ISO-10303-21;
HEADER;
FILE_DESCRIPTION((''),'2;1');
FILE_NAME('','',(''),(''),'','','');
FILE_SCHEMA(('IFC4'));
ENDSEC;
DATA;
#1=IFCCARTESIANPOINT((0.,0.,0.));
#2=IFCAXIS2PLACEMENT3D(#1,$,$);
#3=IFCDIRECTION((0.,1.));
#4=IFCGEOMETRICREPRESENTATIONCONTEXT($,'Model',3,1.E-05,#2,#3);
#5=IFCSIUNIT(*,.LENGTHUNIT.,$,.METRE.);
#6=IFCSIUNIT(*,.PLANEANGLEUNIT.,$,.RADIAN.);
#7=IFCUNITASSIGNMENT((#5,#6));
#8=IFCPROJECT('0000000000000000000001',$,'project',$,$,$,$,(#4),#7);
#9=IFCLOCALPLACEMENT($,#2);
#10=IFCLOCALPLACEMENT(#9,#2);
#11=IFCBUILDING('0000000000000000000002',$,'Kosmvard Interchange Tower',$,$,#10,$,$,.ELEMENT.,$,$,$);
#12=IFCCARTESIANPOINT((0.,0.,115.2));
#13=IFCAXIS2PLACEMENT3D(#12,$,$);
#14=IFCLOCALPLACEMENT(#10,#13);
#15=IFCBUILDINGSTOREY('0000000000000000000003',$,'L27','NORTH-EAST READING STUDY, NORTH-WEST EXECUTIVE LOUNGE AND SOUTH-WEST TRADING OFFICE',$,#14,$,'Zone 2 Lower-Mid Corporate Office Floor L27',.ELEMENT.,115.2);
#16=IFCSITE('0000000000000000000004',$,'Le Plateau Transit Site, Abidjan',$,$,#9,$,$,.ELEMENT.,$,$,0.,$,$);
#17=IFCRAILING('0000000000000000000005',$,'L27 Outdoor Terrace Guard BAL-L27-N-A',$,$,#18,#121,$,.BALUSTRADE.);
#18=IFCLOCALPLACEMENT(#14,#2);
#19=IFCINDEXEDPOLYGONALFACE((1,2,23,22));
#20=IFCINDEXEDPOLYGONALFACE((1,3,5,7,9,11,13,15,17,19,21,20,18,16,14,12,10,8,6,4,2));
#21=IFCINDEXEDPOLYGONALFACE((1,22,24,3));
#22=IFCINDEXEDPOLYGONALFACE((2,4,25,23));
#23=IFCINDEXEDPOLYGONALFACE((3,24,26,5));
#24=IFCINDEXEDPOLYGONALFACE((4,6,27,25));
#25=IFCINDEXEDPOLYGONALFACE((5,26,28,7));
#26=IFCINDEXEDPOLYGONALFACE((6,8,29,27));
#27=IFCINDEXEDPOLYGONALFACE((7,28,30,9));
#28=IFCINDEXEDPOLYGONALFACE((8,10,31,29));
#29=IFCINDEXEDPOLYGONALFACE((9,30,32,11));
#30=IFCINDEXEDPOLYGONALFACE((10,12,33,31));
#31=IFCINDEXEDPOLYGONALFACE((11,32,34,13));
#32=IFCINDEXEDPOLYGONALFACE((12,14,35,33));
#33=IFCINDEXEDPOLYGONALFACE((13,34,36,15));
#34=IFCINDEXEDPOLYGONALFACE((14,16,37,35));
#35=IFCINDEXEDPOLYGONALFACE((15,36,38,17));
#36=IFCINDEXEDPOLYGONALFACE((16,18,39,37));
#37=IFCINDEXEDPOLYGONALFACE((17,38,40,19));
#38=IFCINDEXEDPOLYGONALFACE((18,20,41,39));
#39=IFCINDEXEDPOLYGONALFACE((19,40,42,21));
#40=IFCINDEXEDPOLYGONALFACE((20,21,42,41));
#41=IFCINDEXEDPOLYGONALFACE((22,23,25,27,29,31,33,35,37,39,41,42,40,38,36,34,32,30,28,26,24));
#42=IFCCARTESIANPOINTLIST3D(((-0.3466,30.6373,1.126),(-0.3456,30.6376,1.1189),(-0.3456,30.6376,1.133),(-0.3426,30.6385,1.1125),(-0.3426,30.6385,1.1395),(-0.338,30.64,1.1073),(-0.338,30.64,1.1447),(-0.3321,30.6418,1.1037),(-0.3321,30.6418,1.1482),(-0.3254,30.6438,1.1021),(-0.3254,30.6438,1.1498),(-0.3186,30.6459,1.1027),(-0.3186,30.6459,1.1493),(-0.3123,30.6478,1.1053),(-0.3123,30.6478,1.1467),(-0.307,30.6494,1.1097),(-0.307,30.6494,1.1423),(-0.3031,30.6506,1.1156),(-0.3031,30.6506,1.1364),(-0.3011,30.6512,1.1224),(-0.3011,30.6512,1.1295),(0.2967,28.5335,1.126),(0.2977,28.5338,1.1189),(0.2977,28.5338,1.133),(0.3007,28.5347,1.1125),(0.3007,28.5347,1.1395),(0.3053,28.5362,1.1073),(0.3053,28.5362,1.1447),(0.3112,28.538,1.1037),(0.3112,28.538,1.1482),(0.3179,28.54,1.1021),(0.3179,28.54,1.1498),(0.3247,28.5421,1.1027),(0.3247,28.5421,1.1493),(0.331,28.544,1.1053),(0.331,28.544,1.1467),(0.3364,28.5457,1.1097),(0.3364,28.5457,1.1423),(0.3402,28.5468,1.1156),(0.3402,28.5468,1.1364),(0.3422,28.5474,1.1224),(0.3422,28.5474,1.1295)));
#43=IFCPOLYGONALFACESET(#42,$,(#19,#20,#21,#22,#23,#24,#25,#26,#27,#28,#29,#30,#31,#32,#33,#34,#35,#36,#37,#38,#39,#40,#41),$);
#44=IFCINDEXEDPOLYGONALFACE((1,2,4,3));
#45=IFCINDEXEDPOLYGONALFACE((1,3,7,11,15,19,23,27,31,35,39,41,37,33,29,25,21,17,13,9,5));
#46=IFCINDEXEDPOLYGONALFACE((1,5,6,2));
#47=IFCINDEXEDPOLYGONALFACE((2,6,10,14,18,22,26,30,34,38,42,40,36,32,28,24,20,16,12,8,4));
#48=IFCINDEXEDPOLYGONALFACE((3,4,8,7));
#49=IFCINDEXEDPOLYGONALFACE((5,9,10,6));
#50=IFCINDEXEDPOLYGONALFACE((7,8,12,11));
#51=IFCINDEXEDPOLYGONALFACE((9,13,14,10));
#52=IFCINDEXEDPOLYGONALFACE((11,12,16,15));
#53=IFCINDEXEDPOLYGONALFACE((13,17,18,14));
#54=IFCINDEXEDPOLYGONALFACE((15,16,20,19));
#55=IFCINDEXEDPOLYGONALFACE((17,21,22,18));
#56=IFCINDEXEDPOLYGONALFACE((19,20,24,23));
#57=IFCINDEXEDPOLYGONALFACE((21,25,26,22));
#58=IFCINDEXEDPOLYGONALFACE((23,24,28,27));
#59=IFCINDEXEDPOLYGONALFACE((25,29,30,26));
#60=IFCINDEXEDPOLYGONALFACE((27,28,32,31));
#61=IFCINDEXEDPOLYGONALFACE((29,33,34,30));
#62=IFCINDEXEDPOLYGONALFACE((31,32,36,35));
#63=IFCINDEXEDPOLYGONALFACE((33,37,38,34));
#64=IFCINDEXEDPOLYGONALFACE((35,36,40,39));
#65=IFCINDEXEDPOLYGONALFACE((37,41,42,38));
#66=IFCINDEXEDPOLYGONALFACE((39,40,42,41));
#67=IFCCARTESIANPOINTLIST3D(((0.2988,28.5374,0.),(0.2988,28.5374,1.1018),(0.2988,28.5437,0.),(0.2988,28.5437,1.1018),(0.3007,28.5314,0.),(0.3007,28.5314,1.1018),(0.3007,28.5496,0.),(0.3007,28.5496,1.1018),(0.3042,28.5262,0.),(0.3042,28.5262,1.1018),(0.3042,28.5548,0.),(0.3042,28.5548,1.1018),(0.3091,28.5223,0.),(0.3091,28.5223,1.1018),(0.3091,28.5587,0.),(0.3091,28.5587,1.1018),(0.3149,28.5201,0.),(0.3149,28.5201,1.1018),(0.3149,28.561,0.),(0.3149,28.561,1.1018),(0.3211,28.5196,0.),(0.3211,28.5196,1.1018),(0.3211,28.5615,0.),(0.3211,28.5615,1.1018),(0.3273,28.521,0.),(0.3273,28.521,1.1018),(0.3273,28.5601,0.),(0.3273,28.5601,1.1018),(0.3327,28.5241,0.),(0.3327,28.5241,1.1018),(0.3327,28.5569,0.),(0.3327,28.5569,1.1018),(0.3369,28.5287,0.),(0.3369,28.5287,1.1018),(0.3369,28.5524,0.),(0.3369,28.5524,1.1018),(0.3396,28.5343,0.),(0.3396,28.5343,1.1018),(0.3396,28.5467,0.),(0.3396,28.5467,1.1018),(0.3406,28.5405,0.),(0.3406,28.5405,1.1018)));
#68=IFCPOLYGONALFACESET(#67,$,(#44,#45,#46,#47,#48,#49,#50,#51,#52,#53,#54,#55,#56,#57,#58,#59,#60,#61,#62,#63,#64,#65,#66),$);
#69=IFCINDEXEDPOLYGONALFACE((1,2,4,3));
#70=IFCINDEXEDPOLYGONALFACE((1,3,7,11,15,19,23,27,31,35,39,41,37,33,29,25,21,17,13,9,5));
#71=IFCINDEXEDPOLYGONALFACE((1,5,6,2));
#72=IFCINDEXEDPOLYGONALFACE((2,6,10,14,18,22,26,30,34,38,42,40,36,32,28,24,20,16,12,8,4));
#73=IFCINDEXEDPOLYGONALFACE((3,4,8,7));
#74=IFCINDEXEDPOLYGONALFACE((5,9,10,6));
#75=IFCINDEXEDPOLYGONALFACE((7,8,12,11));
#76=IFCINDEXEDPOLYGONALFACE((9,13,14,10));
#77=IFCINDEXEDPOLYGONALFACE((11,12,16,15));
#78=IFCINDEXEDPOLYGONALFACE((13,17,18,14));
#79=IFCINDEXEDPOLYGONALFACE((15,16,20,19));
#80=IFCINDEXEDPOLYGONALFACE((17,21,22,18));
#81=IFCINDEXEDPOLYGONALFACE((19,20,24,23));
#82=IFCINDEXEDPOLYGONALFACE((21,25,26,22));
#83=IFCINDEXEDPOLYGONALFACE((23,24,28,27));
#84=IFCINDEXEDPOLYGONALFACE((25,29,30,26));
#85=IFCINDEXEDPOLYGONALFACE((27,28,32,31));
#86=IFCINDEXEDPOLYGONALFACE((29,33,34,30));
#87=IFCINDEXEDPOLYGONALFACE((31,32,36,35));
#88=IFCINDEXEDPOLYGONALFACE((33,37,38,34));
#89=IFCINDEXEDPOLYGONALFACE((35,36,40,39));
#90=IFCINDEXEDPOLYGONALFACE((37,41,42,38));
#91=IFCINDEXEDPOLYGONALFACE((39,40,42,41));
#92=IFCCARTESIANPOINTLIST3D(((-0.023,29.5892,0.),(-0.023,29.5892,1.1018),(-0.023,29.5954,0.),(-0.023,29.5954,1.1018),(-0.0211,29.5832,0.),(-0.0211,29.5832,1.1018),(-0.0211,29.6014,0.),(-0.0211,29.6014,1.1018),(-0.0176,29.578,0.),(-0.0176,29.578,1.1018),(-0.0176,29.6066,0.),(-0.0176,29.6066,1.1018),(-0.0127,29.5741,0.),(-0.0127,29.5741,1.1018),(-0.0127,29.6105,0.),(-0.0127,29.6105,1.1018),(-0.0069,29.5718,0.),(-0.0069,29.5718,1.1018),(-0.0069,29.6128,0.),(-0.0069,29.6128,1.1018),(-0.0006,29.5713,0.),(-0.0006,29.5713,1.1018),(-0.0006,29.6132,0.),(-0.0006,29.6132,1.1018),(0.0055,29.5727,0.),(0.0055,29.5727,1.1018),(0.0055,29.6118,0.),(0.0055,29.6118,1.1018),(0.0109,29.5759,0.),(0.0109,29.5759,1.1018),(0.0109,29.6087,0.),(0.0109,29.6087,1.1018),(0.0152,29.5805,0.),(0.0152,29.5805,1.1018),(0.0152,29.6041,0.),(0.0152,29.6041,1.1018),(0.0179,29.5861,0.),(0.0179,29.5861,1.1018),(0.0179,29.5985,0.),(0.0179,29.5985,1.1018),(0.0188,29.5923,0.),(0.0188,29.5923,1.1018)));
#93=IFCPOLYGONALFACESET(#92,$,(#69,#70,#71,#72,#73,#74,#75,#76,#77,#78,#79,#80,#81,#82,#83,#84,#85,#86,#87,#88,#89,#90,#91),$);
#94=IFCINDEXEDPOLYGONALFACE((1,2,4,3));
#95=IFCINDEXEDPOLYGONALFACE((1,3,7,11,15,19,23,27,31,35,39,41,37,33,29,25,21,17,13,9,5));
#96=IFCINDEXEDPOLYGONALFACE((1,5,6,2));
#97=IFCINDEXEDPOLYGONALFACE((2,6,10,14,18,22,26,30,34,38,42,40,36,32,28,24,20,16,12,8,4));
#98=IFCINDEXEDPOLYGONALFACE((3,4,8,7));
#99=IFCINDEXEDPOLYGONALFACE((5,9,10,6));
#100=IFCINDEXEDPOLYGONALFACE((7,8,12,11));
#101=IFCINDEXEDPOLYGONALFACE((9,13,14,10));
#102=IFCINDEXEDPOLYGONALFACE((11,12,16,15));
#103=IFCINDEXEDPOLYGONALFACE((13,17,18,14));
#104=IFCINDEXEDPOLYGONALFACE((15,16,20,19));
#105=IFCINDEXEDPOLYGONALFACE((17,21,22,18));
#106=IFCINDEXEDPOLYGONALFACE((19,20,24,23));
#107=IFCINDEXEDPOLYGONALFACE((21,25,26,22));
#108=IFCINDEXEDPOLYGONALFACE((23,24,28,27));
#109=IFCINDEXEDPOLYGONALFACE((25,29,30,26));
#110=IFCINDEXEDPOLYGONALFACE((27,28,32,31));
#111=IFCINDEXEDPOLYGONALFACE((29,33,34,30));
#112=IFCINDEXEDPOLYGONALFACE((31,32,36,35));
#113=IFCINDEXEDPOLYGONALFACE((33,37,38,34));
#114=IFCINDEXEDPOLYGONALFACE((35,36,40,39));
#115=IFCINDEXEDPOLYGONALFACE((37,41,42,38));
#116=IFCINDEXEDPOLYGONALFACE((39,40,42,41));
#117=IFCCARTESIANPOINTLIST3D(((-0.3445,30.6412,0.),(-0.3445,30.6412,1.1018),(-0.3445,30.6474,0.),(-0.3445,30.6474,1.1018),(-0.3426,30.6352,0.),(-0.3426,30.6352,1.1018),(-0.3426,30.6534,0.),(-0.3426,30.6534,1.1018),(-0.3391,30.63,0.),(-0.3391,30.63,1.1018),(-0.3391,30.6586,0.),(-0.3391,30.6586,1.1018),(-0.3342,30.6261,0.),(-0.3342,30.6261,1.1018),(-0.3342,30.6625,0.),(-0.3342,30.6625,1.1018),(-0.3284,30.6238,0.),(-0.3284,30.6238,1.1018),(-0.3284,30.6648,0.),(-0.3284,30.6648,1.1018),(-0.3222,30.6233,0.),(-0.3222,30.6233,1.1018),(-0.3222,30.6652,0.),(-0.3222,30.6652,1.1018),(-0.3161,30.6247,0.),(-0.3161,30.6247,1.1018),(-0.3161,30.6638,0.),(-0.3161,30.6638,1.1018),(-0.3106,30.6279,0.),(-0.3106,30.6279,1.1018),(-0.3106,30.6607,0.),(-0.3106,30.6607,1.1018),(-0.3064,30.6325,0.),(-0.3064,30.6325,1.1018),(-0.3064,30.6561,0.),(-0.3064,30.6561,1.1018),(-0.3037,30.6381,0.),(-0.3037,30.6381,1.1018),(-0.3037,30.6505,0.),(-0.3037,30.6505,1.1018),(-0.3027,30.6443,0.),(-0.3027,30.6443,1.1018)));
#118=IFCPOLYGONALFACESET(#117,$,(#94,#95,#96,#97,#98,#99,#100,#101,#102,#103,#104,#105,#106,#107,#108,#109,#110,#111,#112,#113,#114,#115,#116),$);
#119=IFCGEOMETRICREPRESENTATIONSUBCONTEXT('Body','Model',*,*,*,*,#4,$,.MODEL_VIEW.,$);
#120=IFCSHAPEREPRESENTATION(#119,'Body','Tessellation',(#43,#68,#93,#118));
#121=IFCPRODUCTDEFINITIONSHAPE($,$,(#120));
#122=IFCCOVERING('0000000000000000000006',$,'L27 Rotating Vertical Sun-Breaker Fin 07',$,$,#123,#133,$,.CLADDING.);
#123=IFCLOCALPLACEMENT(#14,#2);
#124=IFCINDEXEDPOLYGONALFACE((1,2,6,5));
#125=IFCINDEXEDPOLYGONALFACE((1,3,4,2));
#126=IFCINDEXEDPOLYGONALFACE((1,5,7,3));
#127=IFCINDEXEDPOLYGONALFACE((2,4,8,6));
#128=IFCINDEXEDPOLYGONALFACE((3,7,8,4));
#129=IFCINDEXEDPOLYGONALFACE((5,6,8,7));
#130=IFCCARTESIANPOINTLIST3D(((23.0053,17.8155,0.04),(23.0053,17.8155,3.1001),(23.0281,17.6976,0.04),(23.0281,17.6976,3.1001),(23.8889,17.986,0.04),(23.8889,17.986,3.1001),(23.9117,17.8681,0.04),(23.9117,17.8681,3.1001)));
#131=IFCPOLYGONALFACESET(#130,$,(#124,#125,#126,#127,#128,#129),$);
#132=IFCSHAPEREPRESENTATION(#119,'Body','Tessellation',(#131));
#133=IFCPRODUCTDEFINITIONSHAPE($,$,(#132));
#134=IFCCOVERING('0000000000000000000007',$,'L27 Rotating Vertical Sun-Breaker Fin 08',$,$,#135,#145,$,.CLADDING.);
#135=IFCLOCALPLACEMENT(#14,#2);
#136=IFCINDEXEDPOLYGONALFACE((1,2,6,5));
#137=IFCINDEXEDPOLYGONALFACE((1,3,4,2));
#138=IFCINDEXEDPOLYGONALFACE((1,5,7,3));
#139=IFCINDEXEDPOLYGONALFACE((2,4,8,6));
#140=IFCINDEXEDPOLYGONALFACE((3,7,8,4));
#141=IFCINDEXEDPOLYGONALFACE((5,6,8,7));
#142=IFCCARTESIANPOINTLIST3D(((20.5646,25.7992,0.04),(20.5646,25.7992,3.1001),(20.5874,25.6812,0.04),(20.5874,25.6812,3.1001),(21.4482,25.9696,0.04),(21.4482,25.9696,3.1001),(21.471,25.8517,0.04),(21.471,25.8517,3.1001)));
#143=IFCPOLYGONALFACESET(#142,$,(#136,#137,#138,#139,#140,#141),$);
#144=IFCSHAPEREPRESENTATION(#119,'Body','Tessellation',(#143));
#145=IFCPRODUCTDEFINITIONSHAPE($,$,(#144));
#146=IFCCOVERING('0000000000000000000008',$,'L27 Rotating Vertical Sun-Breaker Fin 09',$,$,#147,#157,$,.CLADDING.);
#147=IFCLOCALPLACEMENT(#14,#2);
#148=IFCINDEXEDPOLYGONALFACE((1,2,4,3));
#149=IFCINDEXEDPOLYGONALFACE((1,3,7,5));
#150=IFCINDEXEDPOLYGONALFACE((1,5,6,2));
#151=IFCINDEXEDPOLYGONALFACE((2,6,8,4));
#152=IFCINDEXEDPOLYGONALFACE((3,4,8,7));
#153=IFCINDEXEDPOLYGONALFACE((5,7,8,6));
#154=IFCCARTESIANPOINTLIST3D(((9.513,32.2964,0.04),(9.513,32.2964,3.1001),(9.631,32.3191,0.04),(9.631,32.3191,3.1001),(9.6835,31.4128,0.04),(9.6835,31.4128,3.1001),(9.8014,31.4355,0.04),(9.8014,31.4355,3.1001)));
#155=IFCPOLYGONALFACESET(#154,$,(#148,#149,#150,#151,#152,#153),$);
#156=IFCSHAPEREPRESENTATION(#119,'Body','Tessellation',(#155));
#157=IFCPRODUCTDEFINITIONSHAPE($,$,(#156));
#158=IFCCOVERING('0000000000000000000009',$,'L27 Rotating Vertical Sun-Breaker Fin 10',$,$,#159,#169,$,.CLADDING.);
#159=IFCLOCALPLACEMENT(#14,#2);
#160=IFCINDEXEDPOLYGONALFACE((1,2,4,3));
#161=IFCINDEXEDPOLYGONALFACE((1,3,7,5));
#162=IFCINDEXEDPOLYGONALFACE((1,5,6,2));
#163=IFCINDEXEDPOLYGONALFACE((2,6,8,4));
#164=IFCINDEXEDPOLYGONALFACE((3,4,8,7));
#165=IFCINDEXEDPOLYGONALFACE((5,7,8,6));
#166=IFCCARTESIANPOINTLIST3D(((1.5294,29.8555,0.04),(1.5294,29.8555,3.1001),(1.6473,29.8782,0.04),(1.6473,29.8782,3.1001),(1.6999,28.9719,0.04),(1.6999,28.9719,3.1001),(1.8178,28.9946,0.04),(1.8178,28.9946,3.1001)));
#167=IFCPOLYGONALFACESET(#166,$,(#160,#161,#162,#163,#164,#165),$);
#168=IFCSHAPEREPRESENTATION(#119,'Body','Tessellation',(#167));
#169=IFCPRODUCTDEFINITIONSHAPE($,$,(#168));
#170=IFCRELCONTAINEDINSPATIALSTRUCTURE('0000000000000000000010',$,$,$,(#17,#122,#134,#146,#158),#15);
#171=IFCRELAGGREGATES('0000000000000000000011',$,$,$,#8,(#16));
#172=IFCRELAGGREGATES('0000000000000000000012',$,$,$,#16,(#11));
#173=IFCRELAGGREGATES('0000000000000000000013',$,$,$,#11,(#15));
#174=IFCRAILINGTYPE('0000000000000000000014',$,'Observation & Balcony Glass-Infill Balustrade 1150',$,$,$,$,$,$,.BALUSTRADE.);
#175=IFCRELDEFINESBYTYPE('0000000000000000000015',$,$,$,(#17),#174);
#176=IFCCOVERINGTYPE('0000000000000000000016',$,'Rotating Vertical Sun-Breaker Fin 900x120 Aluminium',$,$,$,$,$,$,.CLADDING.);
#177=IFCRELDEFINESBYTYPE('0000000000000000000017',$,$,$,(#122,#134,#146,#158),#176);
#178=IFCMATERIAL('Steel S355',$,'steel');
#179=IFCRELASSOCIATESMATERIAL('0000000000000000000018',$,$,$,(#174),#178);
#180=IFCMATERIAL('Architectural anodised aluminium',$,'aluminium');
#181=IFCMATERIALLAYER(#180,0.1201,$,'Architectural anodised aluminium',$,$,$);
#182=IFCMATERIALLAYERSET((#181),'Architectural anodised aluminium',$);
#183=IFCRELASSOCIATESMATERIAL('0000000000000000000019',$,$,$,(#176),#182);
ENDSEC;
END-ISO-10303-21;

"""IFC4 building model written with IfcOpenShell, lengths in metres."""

from ifc_helpers import new_model, si_unit, direction, frame, origin, origin_2d, place, context, subcontext, project, spatial, rectangle, circle, extrude, source, transform, mapped, material, layer, layer_set, type_object, element, save


model = new_model("IFC4")

# Units and contexts
model_context = context("Model", 3, precision=1e-05, world=origin(), true_north=direction((0.0, 1.0)))
body_context = subcontext(model_context, "Body", "Model", "MODEL_VIEW")
ifc_project = project(units=[si_unit("LENGTHUNIT", "METRE"), si_unit("PLANEANGLEUNIT", "RADIAN")], contexts=[model_context])

# Site, building, storey
site_placement = place(None, origin())
site = spatial("IfcSite", under=ifc_project, at=site_placement, Name="Le Plateau Transit Site, Abidjan", CompositionType="ELEMENT", RefElevation=0.0)
building_placement = place(site_placement, origin())
building = spatial("IfcBuilding", under=site, at=building_placement, Name="Kosmvard Interchange Tower", CompositionType="ELEMENT")
storey_placement = place(building_placement, frame((0.0, 0.0, 115.2)))
storey = spatial("IfcBuildingStorey", under=building, at=storey_placement, Name="L27", Description="NORTH-EAST READING STUDY, NORTH-WEST EXECUTIVE LOUNGE AND SOUTH-WEST TRADING OFFICE", LongName="Zone 2 Lower-Mid Corporate Office Floor L27", CompositionType="ELEMENT", Elevation=115.2)

# Shared definitions
ifc_material_1 = material(Name="Steel S355", Category="steel")

# Railing
railing_type = type_object("IfcRailingType", Name="Observation & Balcony Glass-Infill Balustrade 1150", PredefinedType="BALUSTRADE", material=ifc_material_1)
shared_shape_1 = source(origin(), body_context, "Body", "SweptSolid", [
    extrude(circle(Radius=0.0239, at=origin_2d()), frame((0.0, 0.0, 1.126), z_axis=(-0.292424, 0.956289, 0.0), x_axis=(-0.956289, -0.292424, 0.0)), (0.0, 0.0, 1.0), 2.2),
    extrude(circle(Radius=0.021, at=origin_2d()), origin(), (0.0, 0.0, 1.0), 1.1018),
    extrude(circle(Radius=0.021, at=origin_2d()), frame((-0.3218, 1.0518, 0.0)), (0.0, 0.0, 1.0), 1.1018),
    extrude(circle(Radius=0.021, at=origin_2d()), frame((-0.6433, 2.1038, 0.0)), (0.0, 0.0, 1.0), 1.1018),
])
railing_1_placement = place(storey_placement, frame((0.3196, 28.5405, 0.0)))
element("IfcRailing", 1, at=railing_1_placement, inside=storey, type_object=railing_type, Name="L27 Outdoor Terrace Guard BAL-L27-N-A", PredefinedType="BALUSTRADE", context=body_context, shape_type="MappedRepresentation", body=[
    mapped(shared_shape_1, transform((0.0, 0.0, 0.0), scale=1.0)),
])

# Coverings
ifc_material_2 = material(Name="Architectural anodised aluminium", Category="aluminium")
ifc_layer_1 = layer(ifc_material_2, 0.1201, Name="Architectural anodised aluminium")
ifc_layer_set_1 = layer_set([ifc_layer_1], Name="Architectural anodised aluminium")
covering_type = type_object("IfcCoveringType", Name="Rotating Vertical Sun-Breaker Fin 900x120 Aluminium", PredefinedType="CLADDING", material=ifc_layer_set_1)
shared_shape_2 = source(origin(), body_context, "Body", "SweptSolid", [
    extrude(rectangle(XDim=0.8999, YDim=0.1201, at=origin_2d()), origin(), (0.0, 0.0, 1.0), 3.0601),
])
for number, where, z_axis, x_axis, name in (
    (2, (23.4585, 17.8418, 0.04), (0.0, 0.0, 1.0), (0.981893, 0.189438, 0.0), "L27 Rotating Vertical Sun-Breaker Fin 07"),
    (3, (21.0178, 25.8254, 0.04), (0.0, 0.0, 1.0), (0.981893, 0.189438, 0.0), "L27 Rotating Vertical Sun-Breaker Fin 08"),
    (4, (9.6572, 31.866, 0.04), (0.0, 0.0, 1.0), (-0.189438, 0.981893, 0.0), "L27 Rotating Vertical Sun-Breaker Fin 09"),
    (5, (1.6736, 29.425, 0.04), (0.0, 0.0, 1.0), (-0.189438, 0.981893, 0.0), "L27 Rotating Vertical Sun-Breaker Fin 10"),
):
    element("IfcCovering", number, at=place(storey_placement, frame(where, z_axis=z_axis, x_axis=x_axis)), inside=storey, type_object=covering_type, Name=name, PredefinedType="CLADDING", context=body_context, shape_type="MappedRepresentation", body=[
        mapped(shared_shape_2, transform((0.0, 0.0, 0.0), scale=1.0)),
    ])

save(model, "model.ifc")
